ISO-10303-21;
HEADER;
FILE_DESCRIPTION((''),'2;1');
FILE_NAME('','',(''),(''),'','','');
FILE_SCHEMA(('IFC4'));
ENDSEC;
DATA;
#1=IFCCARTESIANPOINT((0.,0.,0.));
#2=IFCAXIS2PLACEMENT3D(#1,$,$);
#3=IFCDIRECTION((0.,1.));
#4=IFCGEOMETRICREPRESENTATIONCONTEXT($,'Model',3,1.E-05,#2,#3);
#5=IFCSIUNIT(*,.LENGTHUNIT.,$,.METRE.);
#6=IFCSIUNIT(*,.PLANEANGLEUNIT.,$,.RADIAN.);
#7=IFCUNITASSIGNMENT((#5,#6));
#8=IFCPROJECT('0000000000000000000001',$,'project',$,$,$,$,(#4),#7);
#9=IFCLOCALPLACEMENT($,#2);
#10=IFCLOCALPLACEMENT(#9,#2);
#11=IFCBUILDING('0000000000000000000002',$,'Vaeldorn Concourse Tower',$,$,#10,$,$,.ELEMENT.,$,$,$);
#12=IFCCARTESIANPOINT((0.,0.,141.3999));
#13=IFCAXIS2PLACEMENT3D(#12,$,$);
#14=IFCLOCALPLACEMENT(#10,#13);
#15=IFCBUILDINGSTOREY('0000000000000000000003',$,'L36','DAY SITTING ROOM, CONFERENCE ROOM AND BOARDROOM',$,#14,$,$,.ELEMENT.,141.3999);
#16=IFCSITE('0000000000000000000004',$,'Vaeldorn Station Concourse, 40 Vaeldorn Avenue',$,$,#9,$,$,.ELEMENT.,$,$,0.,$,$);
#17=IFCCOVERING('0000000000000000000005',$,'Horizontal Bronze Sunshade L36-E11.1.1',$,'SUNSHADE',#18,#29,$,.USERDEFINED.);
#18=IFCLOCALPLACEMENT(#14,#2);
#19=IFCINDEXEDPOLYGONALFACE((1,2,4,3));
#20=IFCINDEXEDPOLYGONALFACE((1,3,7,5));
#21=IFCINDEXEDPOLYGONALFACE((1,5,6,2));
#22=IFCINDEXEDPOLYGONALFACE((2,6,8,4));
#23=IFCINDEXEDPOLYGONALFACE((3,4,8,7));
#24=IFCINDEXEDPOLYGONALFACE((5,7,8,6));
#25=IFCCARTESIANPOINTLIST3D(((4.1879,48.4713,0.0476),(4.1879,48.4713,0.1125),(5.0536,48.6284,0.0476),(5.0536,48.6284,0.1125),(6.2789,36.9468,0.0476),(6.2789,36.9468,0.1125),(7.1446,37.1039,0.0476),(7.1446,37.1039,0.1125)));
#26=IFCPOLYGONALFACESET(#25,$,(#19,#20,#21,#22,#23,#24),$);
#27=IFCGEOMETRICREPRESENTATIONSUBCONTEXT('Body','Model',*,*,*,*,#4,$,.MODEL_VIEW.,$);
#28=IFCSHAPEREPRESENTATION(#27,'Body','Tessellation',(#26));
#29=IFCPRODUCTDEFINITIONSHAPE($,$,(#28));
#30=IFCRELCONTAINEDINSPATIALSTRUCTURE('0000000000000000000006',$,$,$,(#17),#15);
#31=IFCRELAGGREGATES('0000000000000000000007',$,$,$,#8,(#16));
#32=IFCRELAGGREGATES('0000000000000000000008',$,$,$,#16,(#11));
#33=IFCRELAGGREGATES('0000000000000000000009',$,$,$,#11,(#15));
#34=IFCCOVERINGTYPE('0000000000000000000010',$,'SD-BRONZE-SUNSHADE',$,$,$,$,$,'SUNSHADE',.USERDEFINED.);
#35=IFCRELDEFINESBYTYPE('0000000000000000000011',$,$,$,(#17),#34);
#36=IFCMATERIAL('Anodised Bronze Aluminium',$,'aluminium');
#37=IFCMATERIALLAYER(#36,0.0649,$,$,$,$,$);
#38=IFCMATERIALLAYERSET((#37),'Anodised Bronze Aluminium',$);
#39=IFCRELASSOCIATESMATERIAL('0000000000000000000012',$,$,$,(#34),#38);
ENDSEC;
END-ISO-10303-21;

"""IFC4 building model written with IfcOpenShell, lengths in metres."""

from ifc_helpers import new_model, si_unit, direction, frame, origin, origin_2d, place, context, subcontext, project, spatial, rectangle, extrude, source, transform, mapped, material, layer, layer_set, type_object, element, save


model = new_model("IFC4")

# Units and contexts
model_context = context("Model", 3, precision=1e-05, world=origin(), true_north=direction((0.0, 1.0)))
body_context = subcontext(model_context, "Body", "Model", "MODEL_VIEW")
ifc_project = project(units=[si_unit("LENGTHUNIT", "METRE"), si_unit("PLANEANGLEUNIT", "RADIAN")], contexts=[model_context])

# Site, building, storey
site_placement = place(None, origin())
site = spatial("IfcSite", under=ifc_project, at=site_placement, Name="Vaeldorn Station Concourse, 40 Vaeldorn Avenue", CompositionType="ELEMENT", RefElevation=0.0)
building_placement = place(site_placement, origin())
building = spatial("IfcBuilding", under=site, at=building_placement, Name="Vaeldorn Concourse Tower", CompositionType="ELEMENT")
storey_placement = place(building_placement, frame((0.0, 0.0, 141.3999)))
storey = spatial("IfcBuildingStorey", under=building, at=storey_placement, Name="L36", Description="DAY SITTING ROOM, CONFERENCE ROOM AND BOARDROOM", CompositionType="ELEMENT", Elevation=141.3999)

# Shared definitions
ifc_material_1 = material(Name="Anodised Bronze Aluminium", Category="aluminium")

# Covering
ifc_layer_1 = layer(ifc_material_1, 0.0649)
ifc_layer_set_1 = layer_set([ifc_layer_1], Name="Anodised Bronze Aluminium")
covering_type = type_object("IfcCoveringType", Name="SD-BRONZE-SUNSHADE", ElementType="SUNSHADE", PredefinedType="USERDEFINED", material=ifc_layer_set_1)
shared_shape_1 = source(origin(), body_context, "Body", "SweptSolid", [
    extrude(rectangle(XDim=11.7126, YDim=0.8799, at=origin_2d()), origin(), (0.0, 0.0, 1.0), 0.0649),
])
covering_placement = place(storey_placement, frame((5.6663, 42.7876, 0.0476), z_axis=(0.0, 0.0, 1.0), x_axis=(0.178527, -0.983935, 0.0)))
element("IfcCovering", 1, at=covering_placement, inside=storey, type_object=covering_type, Name="Horizontal Bronze Sunshade L36-E11.1.1", ObjectType="SUNSHADE", PredefinedType="USERDEFINED", context=body_context, shape_type="MappedRepresentation", body=[
    mapped(shared_shape_1, transform((0.0, 0.0, 0.0), scale=1.0)),
])

save(model, "model.ifc")
